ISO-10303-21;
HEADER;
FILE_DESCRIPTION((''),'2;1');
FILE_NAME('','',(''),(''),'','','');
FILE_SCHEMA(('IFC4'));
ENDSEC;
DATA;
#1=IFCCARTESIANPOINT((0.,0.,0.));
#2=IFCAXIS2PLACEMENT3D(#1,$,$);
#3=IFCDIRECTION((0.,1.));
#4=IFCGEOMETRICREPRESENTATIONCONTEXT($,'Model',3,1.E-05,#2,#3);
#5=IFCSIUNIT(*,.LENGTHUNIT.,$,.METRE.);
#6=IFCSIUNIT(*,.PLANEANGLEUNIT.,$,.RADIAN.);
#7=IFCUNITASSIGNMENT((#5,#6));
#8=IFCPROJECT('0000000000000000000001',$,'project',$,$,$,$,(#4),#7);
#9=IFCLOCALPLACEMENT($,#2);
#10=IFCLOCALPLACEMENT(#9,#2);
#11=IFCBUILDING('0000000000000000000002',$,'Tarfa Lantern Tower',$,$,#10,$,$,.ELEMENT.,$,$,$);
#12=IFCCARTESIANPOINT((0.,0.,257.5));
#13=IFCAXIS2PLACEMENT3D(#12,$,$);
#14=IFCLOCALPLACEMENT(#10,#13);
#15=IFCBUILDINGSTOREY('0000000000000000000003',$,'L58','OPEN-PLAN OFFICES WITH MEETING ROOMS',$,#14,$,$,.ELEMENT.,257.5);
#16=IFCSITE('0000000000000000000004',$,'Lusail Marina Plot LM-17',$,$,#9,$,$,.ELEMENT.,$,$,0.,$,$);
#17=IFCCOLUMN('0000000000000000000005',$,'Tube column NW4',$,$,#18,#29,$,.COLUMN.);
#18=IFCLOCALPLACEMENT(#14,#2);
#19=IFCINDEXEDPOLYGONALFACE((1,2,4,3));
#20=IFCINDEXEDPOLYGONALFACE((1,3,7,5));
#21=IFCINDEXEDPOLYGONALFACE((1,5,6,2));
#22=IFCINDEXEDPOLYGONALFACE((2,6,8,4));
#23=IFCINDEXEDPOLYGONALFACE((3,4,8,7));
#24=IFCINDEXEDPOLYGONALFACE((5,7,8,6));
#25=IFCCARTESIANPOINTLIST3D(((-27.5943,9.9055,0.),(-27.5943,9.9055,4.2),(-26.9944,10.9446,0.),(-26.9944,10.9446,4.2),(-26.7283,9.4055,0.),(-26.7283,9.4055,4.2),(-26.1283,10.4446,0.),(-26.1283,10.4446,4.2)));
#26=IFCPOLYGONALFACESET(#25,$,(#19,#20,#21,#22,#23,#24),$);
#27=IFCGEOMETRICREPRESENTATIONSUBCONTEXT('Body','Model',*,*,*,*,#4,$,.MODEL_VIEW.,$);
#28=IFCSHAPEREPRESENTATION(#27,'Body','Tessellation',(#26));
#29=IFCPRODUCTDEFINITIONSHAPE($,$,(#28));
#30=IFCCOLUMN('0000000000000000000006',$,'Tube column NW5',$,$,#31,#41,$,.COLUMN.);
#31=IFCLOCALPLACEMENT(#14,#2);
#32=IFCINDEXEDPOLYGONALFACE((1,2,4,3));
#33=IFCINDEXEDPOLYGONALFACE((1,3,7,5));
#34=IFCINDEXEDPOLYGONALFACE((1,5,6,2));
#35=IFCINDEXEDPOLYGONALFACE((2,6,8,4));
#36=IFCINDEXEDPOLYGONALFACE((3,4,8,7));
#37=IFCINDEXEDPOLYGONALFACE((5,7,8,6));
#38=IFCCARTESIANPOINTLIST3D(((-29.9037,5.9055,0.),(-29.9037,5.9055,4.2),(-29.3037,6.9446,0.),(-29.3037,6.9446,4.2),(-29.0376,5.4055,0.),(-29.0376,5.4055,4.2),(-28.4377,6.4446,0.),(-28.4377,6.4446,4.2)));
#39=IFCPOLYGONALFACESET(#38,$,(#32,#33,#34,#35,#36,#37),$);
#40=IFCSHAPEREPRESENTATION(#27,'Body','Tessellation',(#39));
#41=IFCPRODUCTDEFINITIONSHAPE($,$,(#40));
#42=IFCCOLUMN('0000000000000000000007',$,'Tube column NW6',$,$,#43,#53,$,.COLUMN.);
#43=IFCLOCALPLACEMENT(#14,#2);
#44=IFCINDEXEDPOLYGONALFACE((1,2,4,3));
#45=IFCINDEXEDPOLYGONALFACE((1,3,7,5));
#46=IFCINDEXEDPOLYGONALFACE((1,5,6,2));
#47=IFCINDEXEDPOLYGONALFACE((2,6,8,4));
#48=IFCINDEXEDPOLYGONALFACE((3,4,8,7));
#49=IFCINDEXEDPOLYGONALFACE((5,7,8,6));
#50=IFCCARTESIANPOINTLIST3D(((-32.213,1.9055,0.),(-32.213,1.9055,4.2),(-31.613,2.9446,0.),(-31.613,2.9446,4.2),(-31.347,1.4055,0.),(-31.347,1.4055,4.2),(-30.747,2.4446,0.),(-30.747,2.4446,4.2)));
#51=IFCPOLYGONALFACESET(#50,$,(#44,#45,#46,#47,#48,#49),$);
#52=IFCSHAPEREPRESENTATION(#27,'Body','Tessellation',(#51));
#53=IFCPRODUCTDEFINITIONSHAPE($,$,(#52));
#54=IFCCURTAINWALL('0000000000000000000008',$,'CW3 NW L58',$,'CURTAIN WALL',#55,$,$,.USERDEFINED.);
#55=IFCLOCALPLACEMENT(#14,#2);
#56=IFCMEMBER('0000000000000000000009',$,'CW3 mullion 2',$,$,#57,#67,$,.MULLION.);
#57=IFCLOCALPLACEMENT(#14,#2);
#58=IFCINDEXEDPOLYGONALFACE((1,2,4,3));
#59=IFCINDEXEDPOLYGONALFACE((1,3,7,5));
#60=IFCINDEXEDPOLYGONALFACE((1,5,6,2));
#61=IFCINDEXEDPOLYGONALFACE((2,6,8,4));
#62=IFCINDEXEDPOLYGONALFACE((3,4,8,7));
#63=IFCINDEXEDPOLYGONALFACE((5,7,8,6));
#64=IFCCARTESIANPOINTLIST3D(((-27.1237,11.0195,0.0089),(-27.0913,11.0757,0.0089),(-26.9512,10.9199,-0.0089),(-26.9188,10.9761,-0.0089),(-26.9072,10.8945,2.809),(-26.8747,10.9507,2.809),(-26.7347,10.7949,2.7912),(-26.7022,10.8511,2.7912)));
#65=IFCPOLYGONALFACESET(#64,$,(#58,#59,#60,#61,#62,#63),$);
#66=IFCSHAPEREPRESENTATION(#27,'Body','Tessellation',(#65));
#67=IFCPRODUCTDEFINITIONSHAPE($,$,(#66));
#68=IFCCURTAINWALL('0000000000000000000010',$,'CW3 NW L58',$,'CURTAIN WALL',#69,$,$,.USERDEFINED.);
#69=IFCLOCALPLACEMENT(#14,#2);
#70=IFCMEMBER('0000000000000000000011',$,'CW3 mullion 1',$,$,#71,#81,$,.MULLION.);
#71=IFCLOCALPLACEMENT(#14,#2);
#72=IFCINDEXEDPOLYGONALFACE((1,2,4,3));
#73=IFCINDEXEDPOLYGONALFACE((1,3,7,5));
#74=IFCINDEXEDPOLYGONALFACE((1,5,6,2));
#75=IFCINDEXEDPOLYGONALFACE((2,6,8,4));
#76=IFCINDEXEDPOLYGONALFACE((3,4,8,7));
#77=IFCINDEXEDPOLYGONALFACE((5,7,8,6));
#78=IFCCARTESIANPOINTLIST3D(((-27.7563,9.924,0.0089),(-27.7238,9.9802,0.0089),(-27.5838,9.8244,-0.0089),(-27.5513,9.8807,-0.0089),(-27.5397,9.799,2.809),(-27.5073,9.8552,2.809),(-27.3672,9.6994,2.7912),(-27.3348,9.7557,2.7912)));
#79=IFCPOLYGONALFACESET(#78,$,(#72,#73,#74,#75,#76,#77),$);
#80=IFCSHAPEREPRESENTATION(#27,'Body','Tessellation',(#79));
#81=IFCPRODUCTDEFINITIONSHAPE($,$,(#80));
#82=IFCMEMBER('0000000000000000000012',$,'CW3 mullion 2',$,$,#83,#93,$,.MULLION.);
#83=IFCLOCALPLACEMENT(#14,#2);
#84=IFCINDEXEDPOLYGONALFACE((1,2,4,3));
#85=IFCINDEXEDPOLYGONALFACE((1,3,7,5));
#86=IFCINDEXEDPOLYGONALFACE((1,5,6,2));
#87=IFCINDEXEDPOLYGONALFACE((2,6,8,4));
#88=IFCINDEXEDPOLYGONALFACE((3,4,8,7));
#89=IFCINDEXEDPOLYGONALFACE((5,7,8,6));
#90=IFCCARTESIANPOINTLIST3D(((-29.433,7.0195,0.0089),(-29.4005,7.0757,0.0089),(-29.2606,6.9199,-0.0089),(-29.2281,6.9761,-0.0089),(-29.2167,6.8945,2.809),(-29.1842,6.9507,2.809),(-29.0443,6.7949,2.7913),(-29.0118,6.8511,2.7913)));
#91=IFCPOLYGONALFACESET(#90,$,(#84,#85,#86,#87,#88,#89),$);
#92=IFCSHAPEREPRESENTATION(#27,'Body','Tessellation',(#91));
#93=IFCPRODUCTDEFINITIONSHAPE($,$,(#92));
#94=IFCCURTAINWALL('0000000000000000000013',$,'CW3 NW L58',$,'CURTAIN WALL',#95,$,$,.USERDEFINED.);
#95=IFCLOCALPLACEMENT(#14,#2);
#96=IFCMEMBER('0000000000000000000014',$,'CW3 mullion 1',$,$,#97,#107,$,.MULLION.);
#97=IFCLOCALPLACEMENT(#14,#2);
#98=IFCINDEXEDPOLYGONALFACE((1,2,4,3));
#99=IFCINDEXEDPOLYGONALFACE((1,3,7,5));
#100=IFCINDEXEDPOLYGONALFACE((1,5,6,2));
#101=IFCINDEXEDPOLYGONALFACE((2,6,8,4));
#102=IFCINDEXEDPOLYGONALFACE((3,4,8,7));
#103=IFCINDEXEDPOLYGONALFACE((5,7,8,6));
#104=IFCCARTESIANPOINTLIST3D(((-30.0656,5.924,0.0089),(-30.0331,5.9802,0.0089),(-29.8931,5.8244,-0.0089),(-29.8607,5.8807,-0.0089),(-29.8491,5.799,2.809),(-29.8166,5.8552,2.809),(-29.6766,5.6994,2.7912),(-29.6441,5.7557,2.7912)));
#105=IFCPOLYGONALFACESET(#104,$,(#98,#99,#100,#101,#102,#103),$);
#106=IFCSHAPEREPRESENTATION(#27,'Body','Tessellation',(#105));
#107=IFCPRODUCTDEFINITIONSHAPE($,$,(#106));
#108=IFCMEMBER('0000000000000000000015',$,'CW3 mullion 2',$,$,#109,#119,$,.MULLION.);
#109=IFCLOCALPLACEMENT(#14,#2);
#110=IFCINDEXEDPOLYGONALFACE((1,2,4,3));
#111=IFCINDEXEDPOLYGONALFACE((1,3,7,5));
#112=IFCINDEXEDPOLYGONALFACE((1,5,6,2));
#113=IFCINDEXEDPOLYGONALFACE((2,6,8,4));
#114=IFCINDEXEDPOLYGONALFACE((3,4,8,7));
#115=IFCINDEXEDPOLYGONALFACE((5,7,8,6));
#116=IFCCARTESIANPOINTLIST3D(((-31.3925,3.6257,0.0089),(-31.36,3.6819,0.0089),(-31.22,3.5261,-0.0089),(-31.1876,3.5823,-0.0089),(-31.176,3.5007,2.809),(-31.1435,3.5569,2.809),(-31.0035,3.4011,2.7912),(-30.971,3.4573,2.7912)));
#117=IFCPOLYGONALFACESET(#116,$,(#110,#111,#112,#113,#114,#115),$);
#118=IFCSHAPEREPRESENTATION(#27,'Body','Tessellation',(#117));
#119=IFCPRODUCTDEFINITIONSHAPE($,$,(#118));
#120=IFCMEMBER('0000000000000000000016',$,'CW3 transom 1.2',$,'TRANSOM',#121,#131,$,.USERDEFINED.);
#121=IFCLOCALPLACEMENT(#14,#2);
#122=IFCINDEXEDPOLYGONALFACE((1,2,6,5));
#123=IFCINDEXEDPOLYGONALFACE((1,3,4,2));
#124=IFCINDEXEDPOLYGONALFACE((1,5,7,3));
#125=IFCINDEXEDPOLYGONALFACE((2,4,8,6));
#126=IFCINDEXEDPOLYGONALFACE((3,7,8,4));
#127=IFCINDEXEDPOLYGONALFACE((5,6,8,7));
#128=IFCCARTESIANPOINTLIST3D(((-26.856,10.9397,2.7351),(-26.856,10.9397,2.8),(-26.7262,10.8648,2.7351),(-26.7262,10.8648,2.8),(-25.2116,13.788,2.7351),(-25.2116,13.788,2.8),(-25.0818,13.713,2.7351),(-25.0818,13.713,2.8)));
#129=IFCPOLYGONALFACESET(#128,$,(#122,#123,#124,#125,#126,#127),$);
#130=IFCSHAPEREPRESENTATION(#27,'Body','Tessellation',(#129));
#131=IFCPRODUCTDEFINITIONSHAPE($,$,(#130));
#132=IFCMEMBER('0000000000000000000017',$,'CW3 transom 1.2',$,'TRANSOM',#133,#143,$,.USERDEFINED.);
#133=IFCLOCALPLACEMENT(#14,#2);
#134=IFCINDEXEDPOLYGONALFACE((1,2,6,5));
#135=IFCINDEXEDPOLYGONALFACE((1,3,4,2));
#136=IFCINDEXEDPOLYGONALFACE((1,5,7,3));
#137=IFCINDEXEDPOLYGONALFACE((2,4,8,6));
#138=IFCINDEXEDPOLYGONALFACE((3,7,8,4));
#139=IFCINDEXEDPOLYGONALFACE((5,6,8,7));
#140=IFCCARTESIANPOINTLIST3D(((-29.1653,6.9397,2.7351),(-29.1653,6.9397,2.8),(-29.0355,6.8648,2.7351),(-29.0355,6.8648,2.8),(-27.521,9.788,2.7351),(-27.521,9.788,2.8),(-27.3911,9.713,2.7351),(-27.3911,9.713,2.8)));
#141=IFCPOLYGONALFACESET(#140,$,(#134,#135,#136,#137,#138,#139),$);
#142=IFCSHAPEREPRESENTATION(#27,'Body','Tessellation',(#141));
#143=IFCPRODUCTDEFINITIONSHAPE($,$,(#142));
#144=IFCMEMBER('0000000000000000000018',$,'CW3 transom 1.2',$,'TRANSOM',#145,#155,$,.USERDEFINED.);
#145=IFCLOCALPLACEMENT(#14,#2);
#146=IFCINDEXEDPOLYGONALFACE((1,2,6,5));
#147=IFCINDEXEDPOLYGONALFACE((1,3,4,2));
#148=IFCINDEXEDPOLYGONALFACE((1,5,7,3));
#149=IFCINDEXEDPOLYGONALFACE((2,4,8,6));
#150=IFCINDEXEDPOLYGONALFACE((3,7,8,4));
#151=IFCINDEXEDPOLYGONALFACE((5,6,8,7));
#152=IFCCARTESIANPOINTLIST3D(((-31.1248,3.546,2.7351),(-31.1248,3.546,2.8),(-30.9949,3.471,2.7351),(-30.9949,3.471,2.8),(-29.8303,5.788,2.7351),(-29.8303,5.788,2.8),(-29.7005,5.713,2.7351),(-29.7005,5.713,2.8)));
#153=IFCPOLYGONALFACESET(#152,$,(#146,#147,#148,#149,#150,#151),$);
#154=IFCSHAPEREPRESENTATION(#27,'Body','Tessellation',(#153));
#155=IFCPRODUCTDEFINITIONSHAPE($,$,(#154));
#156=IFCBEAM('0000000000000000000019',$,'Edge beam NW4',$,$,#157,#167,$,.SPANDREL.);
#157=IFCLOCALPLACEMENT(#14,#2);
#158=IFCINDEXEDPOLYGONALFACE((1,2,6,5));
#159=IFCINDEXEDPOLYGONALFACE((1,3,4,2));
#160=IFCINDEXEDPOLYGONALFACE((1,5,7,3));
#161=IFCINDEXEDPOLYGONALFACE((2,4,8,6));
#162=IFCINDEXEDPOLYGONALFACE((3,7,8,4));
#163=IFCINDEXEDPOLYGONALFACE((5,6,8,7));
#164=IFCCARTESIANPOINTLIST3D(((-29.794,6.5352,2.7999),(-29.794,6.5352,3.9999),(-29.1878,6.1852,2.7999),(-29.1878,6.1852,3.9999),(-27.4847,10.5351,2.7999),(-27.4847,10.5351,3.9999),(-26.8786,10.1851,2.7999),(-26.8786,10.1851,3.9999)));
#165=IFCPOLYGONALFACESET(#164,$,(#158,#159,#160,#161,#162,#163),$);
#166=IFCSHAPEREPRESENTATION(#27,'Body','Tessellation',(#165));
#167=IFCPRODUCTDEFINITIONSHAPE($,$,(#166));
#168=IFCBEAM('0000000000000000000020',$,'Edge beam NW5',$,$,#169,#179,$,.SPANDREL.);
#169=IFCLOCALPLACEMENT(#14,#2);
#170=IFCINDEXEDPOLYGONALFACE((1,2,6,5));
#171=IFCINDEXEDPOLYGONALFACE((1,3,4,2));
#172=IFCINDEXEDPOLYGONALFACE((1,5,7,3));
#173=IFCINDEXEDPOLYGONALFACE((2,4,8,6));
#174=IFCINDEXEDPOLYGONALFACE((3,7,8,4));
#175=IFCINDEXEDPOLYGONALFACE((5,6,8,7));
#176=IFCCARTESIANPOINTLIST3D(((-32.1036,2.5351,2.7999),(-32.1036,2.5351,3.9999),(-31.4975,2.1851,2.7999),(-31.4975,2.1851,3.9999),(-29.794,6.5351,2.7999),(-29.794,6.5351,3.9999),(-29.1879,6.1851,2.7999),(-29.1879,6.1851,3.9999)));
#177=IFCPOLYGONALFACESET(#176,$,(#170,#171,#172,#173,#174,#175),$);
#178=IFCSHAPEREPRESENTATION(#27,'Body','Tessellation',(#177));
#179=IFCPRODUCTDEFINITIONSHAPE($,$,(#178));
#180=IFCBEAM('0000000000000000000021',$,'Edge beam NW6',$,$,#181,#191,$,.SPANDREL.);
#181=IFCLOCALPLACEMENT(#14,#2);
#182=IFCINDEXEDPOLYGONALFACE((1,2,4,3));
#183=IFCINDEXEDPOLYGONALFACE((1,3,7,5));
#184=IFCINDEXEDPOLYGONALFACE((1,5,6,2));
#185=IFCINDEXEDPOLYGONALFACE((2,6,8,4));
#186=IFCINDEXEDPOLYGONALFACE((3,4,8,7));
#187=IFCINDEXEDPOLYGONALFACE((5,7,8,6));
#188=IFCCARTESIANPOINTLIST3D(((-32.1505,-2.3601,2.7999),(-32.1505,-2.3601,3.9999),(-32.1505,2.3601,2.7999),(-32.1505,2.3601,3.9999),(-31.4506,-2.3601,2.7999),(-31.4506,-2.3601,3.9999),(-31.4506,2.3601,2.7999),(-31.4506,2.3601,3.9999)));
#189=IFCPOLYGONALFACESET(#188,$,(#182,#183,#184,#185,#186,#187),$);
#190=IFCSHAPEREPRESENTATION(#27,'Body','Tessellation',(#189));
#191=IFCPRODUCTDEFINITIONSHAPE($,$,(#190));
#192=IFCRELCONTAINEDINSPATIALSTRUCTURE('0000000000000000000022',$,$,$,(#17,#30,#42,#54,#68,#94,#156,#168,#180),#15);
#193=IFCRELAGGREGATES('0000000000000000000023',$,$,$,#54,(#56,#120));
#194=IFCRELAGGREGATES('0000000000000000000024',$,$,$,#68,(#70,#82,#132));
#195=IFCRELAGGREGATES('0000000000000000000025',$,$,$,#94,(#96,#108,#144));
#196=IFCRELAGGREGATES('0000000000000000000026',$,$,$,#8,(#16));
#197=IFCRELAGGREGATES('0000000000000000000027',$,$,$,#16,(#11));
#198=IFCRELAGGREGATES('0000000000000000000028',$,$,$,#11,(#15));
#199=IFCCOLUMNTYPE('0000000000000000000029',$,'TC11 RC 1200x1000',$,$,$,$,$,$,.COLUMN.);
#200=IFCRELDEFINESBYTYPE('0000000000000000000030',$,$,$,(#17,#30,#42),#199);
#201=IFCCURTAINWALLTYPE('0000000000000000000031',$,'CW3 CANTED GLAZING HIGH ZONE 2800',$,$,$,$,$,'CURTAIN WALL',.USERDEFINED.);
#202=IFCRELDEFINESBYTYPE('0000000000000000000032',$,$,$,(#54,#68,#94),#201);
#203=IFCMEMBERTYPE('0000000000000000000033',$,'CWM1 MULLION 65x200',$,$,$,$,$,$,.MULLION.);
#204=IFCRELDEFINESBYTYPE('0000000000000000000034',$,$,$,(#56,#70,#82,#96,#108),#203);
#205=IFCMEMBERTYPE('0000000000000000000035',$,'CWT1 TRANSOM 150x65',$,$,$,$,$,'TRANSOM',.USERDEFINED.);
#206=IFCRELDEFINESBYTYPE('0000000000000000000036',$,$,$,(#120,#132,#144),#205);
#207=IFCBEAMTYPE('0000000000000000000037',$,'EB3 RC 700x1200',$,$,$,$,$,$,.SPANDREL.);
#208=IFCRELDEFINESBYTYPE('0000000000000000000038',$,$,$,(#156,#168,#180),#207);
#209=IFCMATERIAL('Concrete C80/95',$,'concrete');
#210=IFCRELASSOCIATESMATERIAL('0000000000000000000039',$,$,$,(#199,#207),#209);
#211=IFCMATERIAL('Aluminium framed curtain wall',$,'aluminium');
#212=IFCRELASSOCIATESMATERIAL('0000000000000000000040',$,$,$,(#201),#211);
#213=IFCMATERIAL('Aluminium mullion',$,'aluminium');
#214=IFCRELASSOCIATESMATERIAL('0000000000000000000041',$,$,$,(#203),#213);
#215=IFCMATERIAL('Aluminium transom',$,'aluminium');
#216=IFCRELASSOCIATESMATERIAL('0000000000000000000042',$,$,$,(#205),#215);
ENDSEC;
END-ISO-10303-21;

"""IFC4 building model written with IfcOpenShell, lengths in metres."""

from ifc_helpers import new_model, si_unit, direction, frame, origin, origin_2d, place, context, subcontext, project, spatial, rectangle, extrude, material, material_profile, profile_set, type_object, element, aggregate, save


model = new_model("IFC4")

# Units and contexts
model_context = context("Model", 3, precision=1e-05, world=origin(), true_north=direction((0.0, 1.0)))
body_context = subcontext(model_context, "Body", "Model", "MODEL_VIEW")
ifc_project = project(units=[si_unit("LENGTHUNIT", "METRE"), si_unit("PLANEANGLEUNIT", "RADIAN")], contexts=[model_context])

# Site, building, storey
site_placement = place(None, origin())
site = spatial("IfcSite", under=ifc_project, at=site_placement, Name="Lusail Marina Plot LM-17", CompositionType="ELEMENT", RefElevation=0.0)
building_placement = place(site_placement, origin())
building = spatial("IfcBuilding", under=site, at=building_placement, Name="Tarfa Lantern Tower", CompositionType="ELEMENT")
storey_placement = place(building_placement, frame((0.0, 0.0, 257.5)))
storey = spatial("IfcBuildingStorey", under=building, at=storey_placement, Name="L58", Description="OPEN-PLAN OFFICES WITH MEETING ROOMS", CompositionType="ELEMENT", Elevation=257.5)

# Columns
ifc_material_1 = material(Name="Concrete C80/95", Category="concrete")
ifc_material_profile_1 = material_profile(ifc_material_1, rectangle(XDim=1.2, YDim=1.0, at=origin_2d()), Name="RC 1200x1000")
ifc_profile_set_1 = profile_set([ifc_material_profile_1], Name="Concrete C80/95")
column_type = type_object("IfcColumnType", Name="TC11 RC 1200x1000", PredefinedType="COLUMN", material=ifc_profile_set_1)
for number, where, z_axis, x_axis, name in (
    (1, (-26.8613, 10.175, 0.0), (0.0, 0.0, 1.0), (-0.5, -0.866025, 0.0), "Tube column NW4"),
    (2, (-29.1707, 6.175, 0.0), (0.0, 0.0, 1.0), (-0.5, -0.866025, 0.0), "Tube column NW5"),
    (3, (-31.48, 2.175, 0.0), (0.0, 0.0, 1.0), (-0.5, -0.866025, 0.0), "Tube column NW6"),
):
    element("IfcColumn", number, at=place(storey_placement, frame(where, z_axis=z_axis, x_axis=x_axis)), inside=storey, type_object=column_type, Name=name, PredefinedType="COLUMN", context=body_context, shape_type="SweptSolid", body=[
        extrude(rectangle(XDim=1.2, YDim=1.0, at=origin_2d()), origin(), (0.0, 0.0, 1.0), 4.2),
    ])

# Curtain wall, member
ifc_material_2 = material(Name="Aluminium framed curtain wall", Category="aluminium")
curtain_wall_type = type_object("IfcCurtainWallType", Name="CW3 CANTED GLAZING HIGH ZONE 2800", ElementType="CURTAIN WALL", PredefinedType="USERDEFINED", material=ifc_material_2)
curtain_wall_1_placement = place(storey_placement, origin())
curtain_wall_1 = element("IfcCurtainWall", 4, at=curtain_wall_1_placement, inside=storey, type_object=curtain_wall_type, Name="CW3 NW L58", ObjectType="CURTAIN WALL", PredefinedType="USERDEFINED")
ifc_material_3 = material(Name="Aluminium mullion", Category="aluminium")
ifc_material_profile_2 = material_profile(ifc_material_3, rectangle(XDim=0.0649, YDim=0.2, at=origin_2d()), Name="AL MULLION 65x200")
ifc_profile_set_2 = profile_set([ifc_material_profile_2], Name="Aluminium mullion")
member_type_1 = type_object("IfcMemberType", Name="CWM1 MULLION 65x200", PredefinedType="MULLION", material=ifc_profile_set_2)
member_1_placement = place(storey_placement, frame((-27.0212, 10.9978, 0.0), z_axis=(0.077032, -0.044465, 0.996037), x_axis=(0.49992, 0.866072, 0.0)))
member_1 = element("IfcMember", 5, at=member_1_placement, type_object=member_type_1, Name="CW3 mullion 2", PredefinedType="MULLION", context=body_context, shape_type="SweptSolid", body=[
    extrude(rectangle(XDim=0.0649, YDim=0.2, at=origin_2d()), origin(), (0.0, 0.0, 1.0), 2.8113),
])

# Curtain walls, members
curtain_wall_2_placement = place(storey_placement, origin())
curtain_wall_2 = element("IfcCurtainWall", 6, at=curtain_wall_2_placement, inside=storey, type_object=curtain_wall_type, Name="CW3 NW L58", ObjectType="CURTAIN WALL", PredefinedType="USERDEFINED")
member_2_placement = place(storey_placement, frame((-27.6538, 9.9023, 0.0), z_axis=(0.077032, -0.044465, 0.996037), x_axis=(0.49992, 0.866072, 0.0)))
member_2 = element("IfcMember", 7, at=member_2_placement, type_object=member_type_1, Name="CW3 mullion 1", PredefinedType="MULLION", context=body_context, shape_type="SweptSolid", body=[
    extrude(rectangle(XDim=0.0649, YDim=0.2, at=origin_2d()), origin(), (0.0, 0.0, 1.0), 2.8113),
])
member_3_placement = place(storey_placement, frame((-29.3306, 6.9978, 0.0), z_axis=(0.076946, -0.044465, 0.996043), x_axis=(0.500343, 0.865827, 0.0)))
member_3 = element("IfcMember", 8, at=member_3_placement, type_object=member_type_1, Name="CW3 mullion 2", PredefinedType="MULLION", context=body_context, shape_type="SweptSolid", body=[
    extrude(rectangle(XDim=0.0649, YDim=0.2, at=origin_2d()), origin(), (0.0, 0.0, 1.0), 2.8113),
])
curtain_wall_3_placement = place(storey_placement, origin())
curtain_wall_3 = element("IfcCurtainWall", 9, at=curtain_wall_3_placement, inside=storey, type_object=curtain_wall_type, Name="CW3 NW L58", ObjectType="CURTAIN WALL", PredefinedType="USERDEFINED")
member_4_placement = place(storey_placement, frame((-29.9631, 5.9023, 0.0), z_axis=(0.077032, -0.044465, 0.996037), x_axis=(0.49992, 0.866072, 0.0)))
member_4 = element("IfcMember", 10, at=member_4_placement, type_object=member_type_1, Name="CW3 mullion 1", PredefinedType="MULLION", context=body_context, shape_type="SweptSolid", body=[
    extrude(rectangle(XDim=0.0649, YDim=0.2, at=origin_2d()), origin(), (0.0, 0.0, 1.0), 2.8113),
])
member_5_placement = place(storey_placement, frame((-31.29, 3.604, 0.0), z_axis=(0.077032, -0.044465, 0.996037), x_axis=(0.49992, 0.866072, 0.0)))
member_5 = element("IfcMember", 11, at=member_5_placement, type_object=member_type_1, Name="CW3 mullion 2", PredefinedType="MULLION", context=body_context, shape_type="SweptSolid", body=[
    extrude(rectangle(XDim=0.0649, YDim=0.2, at=origin_2d()), origin(), (0.0, 0.0, 1.0), 2.8113),
])

# Members
ifc_material_4 = material(Name="Aluminium transom", Category="aluminium")
ifc_material_profile_3 = material_profile(ifc_material_4, rectangle(XDim=0.1499, YDim=0.0649, at=origin_2d()), Name="AL TRANSOM 150x65")
ifc_profile_set_3 = profile_set([ifc_material_profile_3], Name="Aluminium transom")
member_type_2 = type_object("IfcMemberType", Name="CWT1 TRANSOM 150x65", ElementType="TRANSOM", PredefinedType="USERDEFINED", material=ifc_profile_set_3)
member_6_placement = place(storey_placement, frame((-25.1467, 13.7505, 2.7676), z_axis=(-0.499979, -0.866037, 0.0), x_axis=(0.866037, -0.499979, 0.0)))
member_6 = element("IfcMember", 12, at=member_6_placement, type_object=member_type_2, Name="CW3 transom 1.2", ObjectType="TRANSOM", PredefinedType="USERDEFINED", context=body_context, shape_type="SweptSolid", body=[
    extrude(rectangle(XDim=0.1499, YDim=0.0649, at=origin_2d()), origin(), (0.0, 0.0, 1.0), 3.2888),
])
member_7_placement = place(storey_placement, frame((-27.4561, 9.7505, 2.7676), z_axis=(-0.499979, -0.866037, 0.0), x_axis=(0.866037, -0.499979, 0.0)))
member_7 = element("IfcMember", 13, at=member_7_placement, type_object=member_type_2, Name="CW3 transom 1.2", ObjectType="TRANSOM", PredefinedType="USERDEFINED", context=body_context, shape_type="SweptSolid", body=[
    extrude(rectangle(XDim=0.1499, YDim=0.0649, at=origin_2d()), origin(), (0.0, 0.0, 1.0), 3.2888),
])
member_8_placement = place(storey_placement, frame((-29.7654, 5.7505, 2.7676), z_axis=(-0.500014, -0.866018, 0.0), x_axis=(0.866018, -0.500014, 0.0)))
member_8 = element("IfcMember", 14, at=member_8_placement, type_object=member_type_2, Name="CW3 transom 1.2", ObjectType="TRANSOM", PredefinedType="USERDEFINED", context=body_context, shape_type="SweptSolid", body=[
    extrude(rectangle(XDim=0.1499, YDim=0.0649, at=origin_2d()), origin(), (0.0, 0.0, 1.0), 2.5889),
])

# Beams
ifc_material_profile_4 = material_profile(ifc_material_1, rectangle(XDim=0.7, YDim=1.2, at=origin_2d()), Name="RC 700x1200")
ifc_profile_set_4 = profile_set([ifc_material_profile_4], Name="Concrete C80/95")
beam_type_1 = type_object("IfcBeamType", Name="EB3 RC 700x1200", PredefinedType="SPANDREL", material=ifc_profile_set_4)
beam_1_placement = place(storey_placement, frame((-27.1816, 10.3601, 3.3999), z_axis=(-0.499988, -0.866032, 0.0), x_axis=(0.866032, -0.499988, 0.0)))
element("IfcBeam", 15, at=beam_1_placement, inside=storey, type_object=beam_type_1, Name="Edge beam NW4", PredefinedType="SPANDREL", context=body_context, shape_type="SweptSolid", body=[
    extrude(rectangle(XDim=0.7, YDim=1.2, at=origin_2d()), origin(), (0.0, 0.0, 1.0), 4.6187),
])
beam_2_placement = place(storey_placement, frame((-29.491, 6.3601, 3.3999), z_axis=(-0.500027, -0.86601, 0.0), x_axis=(0.86601, -0.500027, 0.0)))
element("IfcBeam", 16, at=beam_2_placement, inside=storey, type_object=beam_type_1, Name="Edge beam NW5", PredefinedType="SPANDREL", context=body_context, shape_type="SweptSolid", body=[
    extrude(rectangle(XDim=0.7, YDim=1.2, at=origin_2d()), origin(), (0.0, 0.0, 1.0), 4.6189),
])
beam_3_placement = place(storey_placement, frame((-31.8005, 2.3601, 3.3999), z_axis=(0.0, -1.0, 0.0), x_axis=(1.0, 0.0, 0.0)))
element("IfcBeam", 17, at=beam_3_placement, inside=storey, type_object=beam_type_1, Name="Edge beam NW6", PredefinedType="SPANDREL", context=body_context, shape_type="SweptSolid", body=[
    extrude(rectangle(XDim=0.7, YDim=1.2, at=origin_2d()), origin(), (0.0, 0.0, 1.0), 4.7202),
])

aggregate(curtain_wall_1, [member_1, member_6])
aggregate(curtain_wall_2, [member_2, member_3, member_7])
aggregate(curtain_wall_3, [member_4, member_5, member_8])

save(model, "model.ifc")
